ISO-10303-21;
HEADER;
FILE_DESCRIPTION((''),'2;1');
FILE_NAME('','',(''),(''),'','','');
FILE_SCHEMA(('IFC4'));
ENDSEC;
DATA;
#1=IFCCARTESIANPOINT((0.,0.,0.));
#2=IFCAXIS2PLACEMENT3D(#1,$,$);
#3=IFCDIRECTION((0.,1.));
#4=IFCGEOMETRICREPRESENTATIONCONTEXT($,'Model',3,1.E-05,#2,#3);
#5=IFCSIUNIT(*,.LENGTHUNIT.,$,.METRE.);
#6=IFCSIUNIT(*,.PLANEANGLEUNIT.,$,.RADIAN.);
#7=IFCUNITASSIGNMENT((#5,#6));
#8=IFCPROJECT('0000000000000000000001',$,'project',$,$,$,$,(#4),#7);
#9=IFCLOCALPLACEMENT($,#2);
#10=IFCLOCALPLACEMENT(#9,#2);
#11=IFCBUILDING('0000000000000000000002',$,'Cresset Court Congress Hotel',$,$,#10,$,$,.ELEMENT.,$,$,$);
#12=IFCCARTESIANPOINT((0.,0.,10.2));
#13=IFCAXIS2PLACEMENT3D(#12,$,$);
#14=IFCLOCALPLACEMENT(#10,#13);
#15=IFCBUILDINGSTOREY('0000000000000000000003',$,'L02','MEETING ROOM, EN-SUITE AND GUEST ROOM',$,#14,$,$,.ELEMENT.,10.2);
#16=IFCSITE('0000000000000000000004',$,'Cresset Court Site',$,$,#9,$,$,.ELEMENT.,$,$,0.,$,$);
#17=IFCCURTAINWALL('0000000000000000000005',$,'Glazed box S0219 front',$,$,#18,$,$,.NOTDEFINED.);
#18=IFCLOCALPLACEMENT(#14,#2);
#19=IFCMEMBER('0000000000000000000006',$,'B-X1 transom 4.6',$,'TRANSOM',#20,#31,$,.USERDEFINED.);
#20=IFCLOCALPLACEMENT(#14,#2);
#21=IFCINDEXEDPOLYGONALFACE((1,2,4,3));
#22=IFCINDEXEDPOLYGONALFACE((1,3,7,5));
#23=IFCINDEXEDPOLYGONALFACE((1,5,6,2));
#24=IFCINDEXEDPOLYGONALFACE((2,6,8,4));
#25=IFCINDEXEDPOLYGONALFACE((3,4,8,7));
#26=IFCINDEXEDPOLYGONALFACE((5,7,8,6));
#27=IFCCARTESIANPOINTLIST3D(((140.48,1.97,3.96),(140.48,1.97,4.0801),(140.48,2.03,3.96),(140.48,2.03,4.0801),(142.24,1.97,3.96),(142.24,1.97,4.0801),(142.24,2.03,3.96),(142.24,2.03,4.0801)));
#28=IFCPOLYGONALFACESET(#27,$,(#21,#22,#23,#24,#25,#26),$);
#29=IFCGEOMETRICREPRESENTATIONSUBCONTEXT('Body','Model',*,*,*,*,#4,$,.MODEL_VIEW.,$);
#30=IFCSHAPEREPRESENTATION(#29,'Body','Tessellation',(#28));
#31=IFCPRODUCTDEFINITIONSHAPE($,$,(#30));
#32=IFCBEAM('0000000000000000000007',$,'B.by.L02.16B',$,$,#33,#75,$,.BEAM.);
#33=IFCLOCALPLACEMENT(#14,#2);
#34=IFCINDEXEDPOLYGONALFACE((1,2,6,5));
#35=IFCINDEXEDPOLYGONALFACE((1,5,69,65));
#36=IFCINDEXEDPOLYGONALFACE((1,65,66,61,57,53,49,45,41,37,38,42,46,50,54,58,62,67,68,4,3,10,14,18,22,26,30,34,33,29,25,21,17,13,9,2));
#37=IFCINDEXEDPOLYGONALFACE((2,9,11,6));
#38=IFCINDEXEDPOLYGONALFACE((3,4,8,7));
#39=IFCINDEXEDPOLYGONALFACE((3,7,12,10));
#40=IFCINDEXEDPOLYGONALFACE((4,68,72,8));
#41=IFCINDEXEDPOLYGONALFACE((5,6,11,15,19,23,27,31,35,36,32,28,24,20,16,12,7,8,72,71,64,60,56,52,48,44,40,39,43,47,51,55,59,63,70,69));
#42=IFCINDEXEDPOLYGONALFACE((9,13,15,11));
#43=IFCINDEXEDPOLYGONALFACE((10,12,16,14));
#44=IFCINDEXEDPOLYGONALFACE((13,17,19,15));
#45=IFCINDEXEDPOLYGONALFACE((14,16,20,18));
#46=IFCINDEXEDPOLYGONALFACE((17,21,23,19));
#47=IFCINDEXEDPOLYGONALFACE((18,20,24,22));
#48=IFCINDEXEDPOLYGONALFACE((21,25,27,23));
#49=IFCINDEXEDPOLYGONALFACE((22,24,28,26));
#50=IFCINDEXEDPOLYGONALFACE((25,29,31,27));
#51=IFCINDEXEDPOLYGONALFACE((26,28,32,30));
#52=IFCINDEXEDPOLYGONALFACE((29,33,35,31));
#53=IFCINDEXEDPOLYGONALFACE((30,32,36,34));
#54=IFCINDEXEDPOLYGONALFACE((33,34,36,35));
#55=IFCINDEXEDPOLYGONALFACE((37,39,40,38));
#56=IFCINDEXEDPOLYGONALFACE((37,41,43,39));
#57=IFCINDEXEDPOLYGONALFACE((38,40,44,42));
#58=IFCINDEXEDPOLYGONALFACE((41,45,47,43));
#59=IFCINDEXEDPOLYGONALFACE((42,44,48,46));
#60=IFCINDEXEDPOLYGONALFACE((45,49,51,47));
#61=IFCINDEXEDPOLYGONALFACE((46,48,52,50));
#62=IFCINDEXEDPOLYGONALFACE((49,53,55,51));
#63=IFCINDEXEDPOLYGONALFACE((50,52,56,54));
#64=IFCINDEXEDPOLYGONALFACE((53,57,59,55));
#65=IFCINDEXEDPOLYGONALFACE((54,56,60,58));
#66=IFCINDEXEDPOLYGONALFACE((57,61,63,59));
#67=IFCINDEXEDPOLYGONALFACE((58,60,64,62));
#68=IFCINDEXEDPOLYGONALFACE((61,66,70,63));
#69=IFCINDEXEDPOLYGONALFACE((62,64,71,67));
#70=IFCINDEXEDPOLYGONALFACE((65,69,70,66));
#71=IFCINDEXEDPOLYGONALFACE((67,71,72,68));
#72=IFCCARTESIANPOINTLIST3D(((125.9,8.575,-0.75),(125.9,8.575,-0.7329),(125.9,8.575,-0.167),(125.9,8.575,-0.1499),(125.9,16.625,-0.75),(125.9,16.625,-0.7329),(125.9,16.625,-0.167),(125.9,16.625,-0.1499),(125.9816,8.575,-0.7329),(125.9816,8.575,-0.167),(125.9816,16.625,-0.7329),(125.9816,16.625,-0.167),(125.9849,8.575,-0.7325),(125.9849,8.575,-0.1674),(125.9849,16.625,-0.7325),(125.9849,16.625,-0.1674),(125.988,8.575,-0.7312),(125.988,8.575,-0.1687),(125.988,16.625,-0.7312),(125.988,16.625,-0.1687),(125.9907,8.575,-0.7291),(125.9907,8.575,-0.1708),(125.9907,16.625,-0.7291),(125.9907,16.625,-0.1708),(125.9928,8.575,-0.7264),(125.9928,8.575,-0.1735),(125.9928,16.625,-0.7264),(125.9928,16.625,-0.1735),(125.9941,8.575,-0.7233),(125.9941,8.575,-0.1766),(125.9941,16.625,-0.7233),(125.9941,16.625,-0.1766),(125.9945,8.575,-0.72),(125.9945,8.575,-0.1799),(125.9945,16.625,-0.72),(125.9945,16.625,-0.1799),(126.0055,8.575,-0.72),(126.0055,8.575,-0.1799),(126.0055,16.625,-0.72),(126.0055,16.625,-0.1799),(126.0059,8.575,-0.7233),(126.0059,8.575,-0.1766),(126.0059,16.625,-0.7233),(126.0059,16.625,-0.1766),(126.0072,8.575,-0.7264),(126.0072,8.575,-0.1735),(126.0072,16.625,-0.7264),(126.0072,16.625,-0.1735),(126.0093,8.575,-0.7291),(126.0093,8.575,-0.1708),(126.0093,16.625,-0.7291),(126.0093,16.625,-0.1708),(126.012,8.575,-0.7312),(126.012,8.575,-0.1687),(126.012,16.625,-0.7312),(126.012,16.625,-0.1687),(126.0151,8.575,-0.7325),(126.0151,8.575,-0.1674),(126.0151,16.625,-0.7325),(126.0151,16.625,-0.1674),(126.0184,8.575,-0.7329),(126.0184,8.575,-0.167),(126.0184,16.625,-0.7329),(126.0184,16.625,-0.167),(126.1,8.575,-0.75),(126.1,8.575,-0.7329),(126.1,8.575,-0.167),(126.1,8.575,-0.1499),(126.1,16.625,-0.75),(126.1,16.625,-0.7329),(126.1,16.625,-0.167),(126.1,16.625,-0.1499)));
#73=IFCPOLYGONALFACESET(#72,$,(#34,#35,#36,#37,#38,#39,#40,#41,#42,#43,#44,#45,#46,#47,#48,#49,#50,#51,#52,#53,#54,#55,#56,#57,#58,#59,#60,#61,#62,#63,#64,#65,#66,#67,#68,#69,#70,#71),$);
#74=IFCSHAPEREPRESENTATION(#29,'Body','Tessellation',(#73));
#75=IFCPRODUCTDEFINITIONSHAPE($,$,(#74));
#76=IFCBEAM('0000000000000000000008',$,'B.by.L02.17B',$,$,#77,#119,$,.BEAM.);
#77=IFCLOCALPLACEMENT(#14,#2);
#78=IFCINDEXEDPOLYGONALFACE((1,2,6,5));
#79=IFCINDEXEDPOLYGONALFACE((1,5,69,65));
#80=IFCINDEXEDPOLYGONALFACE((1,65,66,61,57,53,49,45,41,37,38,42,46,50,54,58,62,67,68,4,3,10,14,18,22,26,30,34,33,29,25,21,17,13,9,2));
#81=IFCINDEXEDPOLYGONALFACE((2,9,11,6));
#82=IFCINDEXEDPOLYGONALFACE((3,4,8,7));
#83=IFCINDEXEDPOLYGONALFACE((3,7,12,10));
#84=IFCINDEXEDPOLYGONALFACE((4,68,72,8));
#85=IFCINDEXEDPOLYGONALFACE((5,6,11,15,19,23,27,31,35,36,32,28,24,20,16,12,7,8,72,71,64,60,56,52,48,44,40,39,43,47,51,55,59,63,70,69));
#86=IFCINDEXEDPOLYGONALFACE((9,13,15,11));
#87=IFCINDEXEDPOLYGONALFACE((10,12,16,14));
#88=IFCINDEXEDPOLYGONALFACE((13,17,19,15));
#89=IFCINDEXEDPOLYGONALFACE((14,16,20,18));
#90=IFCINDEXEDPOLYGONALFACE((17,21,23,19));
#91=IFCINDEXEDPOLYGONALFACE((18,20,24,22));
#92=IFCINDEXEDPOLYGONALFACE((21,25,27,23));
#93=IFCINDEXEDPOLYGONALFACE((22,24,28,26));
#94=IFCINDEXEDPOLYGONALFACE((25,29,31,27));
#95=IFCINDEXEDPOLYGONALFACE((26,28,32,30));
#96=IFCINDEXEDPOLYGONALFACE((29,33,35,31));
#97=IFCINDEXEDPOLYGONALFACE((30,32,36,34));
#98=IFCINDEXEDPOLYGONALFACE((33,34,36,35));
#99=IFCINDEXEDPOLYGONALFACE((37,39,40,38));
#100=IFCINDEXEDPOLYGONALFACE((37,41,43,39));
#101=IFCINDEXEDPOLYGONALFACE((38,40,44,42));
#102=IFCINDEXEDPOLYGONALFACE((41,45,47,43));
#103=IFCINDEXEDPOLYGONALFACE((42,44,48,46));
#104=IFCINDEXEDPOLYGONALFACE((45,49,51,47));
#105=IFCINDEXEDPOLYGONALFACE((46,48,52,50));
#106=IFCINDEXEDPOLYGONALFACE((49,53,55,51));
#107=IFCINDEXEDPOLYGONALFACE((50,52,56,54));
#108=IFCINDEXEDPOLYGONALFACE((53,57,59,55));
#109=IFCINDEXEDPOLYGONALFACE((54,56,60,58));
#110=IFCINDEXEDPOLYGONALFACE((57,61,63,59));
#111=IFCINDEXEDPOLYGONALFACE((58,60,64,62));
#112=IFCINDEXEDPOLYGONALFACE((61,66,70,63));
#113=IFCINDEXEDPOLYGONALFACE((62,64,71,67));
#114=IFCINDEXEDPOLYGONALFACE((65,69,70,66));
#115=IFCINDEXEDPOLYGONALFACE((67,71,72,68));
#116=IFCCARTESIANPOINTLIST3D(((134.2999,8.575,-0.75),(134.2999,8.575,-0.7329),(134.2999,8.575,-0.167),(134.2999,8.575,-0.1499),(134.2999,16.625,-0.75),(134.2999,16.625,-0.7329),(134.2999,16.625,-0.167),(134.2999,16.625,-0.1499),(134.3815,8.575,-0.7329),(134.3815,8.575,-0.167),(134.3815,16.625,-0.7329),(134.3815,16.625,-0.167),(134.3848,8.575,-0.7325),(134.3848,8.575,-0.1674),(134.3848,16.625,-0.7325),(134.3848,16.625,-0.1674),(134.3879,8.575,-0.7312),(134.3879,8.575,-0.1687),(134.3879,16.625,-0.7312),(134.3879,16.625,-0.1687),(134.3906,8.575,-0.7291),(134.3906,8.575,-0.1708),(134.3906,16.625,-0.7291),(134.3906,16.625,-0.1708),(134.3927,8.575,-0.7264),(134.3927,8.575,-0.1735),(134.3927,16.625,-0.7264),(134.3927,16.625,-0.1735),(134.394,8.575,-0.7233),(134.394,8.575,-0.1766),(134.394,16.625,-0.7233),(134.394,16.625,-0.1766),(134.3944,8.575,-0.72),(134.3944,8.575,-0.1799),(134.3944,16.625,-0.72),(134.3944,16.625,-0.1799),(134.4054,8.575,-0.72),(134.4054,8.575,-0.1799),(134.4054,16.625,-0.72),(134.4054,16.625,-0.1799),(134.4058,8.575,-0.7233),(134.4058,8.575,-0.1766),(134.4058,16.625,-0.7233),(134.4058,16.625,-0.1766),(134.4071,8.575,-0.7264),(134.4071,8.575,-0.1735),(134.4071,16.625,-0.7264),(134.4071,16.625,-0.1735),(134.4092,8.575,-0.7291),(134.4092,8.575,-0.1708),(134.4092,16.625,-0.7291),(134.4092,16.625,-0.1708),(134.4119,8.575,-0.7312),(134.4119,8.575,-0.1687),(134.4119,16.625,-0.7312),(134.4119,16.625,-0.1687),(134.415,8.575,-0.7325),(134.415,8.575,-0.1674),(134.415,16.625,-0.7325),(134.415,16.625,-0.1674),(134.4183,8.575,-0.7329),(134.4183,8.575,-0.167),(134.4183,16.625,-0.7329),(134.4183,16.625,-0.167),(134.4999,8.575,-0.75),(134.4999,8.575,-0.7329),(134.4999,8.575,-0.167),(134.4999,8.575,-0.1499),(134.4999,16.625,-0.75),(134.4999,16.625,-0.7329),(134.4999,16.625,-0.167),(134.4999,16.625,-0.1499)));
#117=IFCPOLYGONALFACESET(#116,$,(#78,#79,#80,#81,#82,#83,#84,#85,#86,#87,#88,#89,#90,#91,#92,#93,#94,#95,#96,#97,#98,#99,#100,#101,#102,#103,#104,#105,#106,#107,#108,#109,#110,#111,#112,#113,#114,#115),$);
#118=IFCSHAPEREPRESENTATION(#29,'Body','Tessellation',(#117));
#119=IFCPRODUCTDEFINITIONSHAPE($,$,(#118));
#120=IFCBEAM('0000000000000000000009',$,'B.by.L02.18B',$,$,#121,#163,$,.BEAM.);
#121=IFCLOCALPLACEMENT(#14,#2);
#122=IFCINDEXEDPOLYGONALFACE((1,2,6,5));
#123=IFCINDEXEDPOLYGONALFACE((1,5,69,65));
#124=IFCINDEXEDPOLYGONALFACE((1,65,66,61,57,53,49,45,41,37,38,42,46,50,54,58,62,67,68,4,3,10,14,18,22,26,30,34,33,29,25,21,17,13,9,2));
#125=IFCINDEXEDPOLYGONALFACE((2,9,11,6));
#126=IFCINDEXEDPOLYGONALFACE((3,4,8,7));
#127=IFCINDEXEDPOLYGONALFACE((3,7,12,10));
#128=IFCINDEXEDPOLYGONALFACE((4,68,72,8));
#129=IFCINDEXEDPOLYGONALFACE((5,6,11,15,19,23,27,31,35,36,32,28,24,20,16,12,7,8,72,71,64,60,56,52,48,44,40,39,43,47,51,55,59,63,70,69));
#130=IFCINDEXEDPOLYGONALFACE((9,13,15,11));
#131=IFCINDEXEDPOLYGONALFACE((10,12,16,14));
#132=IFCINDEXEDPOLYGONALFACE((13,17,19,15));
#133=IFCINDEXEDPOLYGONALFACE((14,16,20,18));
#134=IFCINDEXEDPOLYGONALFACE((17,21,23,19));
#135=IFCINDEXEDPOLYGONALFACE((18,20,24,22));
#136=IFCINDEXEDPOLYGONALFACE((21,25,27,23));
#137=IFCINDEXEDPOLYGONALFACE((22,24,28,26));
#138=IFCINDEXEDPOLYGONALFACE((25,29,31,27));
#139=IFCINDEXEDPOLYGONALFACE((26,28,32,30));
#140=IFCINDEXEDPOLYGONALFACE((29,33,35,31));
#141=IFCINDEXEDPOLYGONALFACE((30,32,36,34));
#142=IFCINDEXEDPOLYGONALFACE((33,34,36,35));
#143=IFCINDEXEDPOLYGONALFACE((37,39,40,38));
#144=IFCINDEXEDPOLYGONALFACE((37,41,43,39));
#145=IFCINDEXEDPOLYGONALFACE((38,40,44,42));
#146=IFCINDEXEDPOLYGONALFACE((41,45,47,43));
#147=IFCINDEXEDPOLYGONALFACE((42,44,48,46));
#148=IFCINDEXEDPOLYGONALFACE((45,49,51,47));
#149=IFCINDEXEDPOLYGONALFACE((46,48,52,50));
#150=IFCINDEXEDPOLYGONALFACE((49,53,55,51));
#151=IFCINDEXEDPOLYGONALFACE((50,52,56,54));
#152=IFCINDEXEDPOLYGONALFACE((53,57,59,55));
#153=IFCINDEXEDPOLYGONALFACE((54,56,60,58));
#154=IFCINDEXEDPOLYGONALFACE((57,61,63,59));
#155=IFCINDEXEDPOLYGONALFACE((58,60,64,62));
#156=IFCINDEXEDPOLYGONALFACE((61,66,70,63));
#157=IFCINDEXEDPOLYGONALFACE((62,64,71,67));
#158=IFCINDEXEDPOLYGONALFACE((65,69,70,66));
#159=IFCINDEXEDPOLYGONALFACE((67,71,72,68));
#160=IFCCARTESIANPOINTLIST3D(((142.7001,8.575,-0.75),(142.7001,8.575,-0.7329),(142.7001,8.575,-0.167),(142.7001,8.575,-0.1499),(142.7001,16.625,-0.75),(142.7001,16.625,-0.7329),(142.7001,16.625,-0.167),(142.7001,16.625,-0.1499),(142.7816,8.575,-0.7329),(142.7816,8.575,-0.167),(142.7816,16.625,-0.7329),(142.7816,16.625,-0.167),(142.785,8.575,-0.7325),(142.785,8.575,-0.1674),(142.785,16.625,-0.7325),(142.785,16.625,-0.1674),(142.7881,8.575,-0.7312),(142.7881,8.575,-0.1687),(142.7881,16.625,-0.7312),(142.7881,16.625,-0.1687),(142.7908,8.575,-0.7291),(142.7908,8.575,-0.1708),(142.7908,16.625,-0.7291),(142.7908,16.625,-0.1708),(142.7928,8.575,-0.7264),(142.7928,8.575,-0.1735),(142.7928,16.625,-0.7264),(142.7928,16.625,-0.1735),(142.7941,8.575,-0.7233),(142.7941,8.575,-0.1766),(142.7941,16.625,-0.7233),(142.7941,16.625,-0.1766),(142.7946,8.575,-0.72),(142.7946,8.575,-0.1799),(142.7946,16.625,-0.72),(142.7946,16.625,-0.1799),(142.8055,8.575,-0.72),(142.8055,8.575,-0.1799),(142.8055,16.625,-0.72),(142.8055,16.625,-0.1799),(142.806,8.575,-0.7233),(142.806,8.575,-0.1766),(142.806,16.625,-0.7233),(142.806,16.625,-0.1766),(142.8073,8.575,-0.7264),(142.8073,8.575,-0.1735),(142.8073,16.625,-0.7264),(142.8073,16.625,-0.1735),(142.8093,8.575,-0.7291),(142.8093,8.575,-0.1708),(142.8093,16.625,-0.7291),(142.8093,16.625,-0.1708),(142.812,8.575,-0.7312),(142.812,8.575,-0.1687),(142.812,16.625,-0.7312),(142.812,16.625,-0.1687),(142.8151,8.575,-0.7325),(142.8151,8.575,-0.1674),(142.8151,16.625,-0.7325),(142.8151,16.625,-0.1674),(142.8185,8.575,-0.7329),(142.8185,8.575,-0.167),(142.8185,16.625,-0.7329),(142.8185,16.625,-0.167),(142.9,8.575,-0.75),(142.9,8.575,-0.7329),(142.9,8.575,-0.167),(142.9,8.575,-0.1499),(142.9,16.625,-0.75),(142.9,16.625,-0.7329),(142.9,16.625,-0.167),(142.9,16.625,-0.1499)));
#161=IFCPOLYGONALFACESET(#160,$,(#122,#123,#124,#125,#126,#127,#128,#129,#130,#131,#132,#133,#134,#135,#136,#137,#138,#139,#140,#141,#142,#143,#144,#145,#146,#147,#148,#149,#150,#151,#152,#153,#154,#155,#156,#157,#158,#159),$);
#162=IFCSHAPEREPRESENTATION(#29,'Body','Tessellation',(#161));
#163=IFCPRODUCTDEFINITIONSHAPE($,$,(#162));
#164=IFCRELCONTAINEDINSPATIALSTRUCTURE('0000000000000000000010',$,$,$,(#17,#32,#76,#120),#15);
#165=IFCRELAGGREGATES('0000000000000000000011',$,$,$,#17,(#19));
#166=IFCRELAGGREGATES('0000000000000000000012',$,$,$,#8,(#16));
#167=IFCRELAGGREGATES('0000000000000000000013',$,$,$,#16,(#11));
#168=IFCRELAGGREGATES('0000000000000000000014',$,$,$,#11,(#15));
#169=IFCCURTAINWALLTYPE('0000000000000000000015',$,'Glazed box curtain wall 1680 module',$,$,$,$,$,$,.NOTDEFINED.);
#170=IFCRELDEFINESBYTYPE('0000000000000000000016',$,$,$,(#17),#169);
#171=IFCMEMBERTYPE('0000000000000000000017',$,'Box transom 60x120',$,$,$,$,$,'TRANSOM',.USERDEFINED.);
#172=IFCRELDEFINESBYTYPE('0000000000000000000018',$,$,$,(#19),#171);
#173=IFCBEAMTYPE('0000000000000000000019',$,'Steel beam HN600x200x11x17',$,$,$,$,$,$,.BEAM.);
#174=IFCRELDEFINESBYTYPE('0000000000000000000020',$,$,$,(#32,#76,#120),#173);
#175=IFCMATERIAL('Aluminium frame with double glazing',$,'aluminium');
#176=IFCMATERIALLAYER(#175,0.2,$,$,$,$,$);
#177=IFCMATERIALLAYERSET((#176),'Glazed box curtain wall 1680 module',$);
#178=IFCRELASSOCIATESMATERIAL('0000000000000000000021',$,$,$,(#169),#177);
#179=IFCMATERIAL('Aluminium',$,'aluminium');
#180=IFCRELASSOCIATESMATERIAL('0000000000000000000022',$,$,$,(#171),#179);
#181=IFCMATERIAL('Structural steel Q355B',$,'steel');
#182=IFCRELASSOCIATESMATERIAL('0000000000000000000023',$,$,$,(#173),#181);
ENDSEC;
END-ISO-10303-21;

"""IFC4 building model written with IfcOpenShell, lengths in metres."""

from ifc_helpers import new_model, si_unit, direction, frame, origin, origin_2d, place, context, subcontext, project, spatial, rectangle, i_section, extrude, material, layer, layer_set, material_profile, profile_set, type_object, element, aggregate, save


model = new_model("IFC4")

# Units and contexts
model_context = context("Model", 3, precision=1e-05, world=origin(), true_north=direction((0.0, 1.0)))
body_context = subcontext(model_context, "Body", "Model", "MODEL_VIEW")
ifc_project = project(units=[si_unit("LENGTHUNIT", "METRE"), si_unit("PLANEANGLEUNIT", "RADIAN")], contexts=[model_context])

# Site, building, storey
site_placement = place(None, origin())
site = spatial("IfcSite", under=ifc_project, at=site_placement, Name="Cresset Court Site", CompositionType="ELEMENT", RefElevation=0.0)
building_placement = place(site_placement, origin())
building = spatial("IfcBuilding", under=site, at=building_placement, Name="Cresset Court Congress Hotel", CompositionType="ELEMENT")
storey_placement = place(building_placement, frame((0.0, 0.0, 10.2)))
storey = spatial("IfcBuildingStorey", under=building, at=storey_placement, Name="L02", Description="MEETING ROOM, EN-SUITE AND GUEST ROOM", CompositionType="ELEMENT", Elevation=10.2)

# Curtain wall, member
ifc_material_1 = material(Name="Aluminium frame with double glazing", Category="aluminium")
ifc_layer_1 = layer(ifc_material_1, 0.2)
ifc_layer_set_1 = layer_set([ifc_layer_1], Name="Glazed box curtain wall 1680 module")
curtain_wall_type = type_object("IfcCurtainWallType", Name="Glazed box curtain wall 1680 module", PredefinedType="NOTDEFINED", material=ifc_layer_set_1)
curtain_wall_placement = place(storey_placement, origin())
curtain_wall = element("IfcCurtainWall", 1, at=curtain_wall_placement, inside=storey, type_object=curtain_wall_type, Name="Glazed box S0219 front", PredefinedType="NOTDEFINED")
ifc_material_2 = material(Name="Aluminium", Category="aluminium")
ifc_material_profile_1 = material_profile(ifc_material_2, rectangle(XDim=0.0601, YDim=0.1201, at=origin_2d()), Name="Box transom 60x120")
ifc_profile_set_1 = profile_set([ifc_material_profile_1], Name="Aluminium")
member_type_1 = type_object("IfcMemberType", Name="Box transom 60x120", ElementType="TRANSOM", PredefinedType="USERDEFINED", material=ifc_profile_set_1)
member_1_placement = place(storey_placement, frame((140.48, 2.0, 4.02), z_axis=(1.0, 0.0, 0.0), x_axis=(0.0, 1.0, 0.0)))
member_1 = element("IfcMember", 2, at=member_1_placement, type_object=member_type_1, Name="B-X1 transom 4.6", ObjectType="TRANSOM", PredefinedType="USERDEFINED", context=body_context, shape_type="SweptSolid", body=[
    extrude(rectangle(XDim=0.0601, YDim=0.1201, at=origin_2d()), origin(), (0.0, 0.0, 1.0), 1.76),
])

# Beams
ifc_material_3 = material(Name="Structural steel Q355B", Category="steel")
ifc_material_profile_2 = material_profile(ifc_material_3, i_section(OverallWidth=0.2, OverallDepth=0.6001, WebThickness=0.011, FlangeThickness=0.0171, FilletRadius=0.0129, at=origin_2d()), Name="HN600x200x11x17")
ifc_profile_set_2 = profile_set([ifc_material_profile_2], Name="Structural steel Q355B")
beam_type_1 = type_object("IfcBeamType", Name="Steel beam HN600x200x11x17", PredefinedType="BEAM", material=ifc_profile_set_2)
for number, where, z_axis, x_axis, name in (
    (3, (126.0, 8.575, -0.45), (0.0, 1.0, 0.0), (-1.0, 0.0, 0.0), "B.by.L02.16B"),
    (4, (134.3999, 8.575, -0.45), (0.0, 1.0, 0.0), (-1.0, 0.0, 0.0), "B.by.L02.17B"),
    (5, (142.8, 8.575, -0.45), (0.0, 1.0, 0.0), (-1.0, 0.0, 0.0), "B.by.L02.18B"),
):
    element("IfcBeam", number, at=place(storey_placement, frame(where, z_axis=z_axis, x_axis=x_axis)), inside=storey, type_object=beam_type_1, Name=name, PredefinedType="BEAM", context=body_context, shape_type="SweptSolid", body=[
        extrude(i_section(OverallWidth=0.2, OverallDepth=0.6001, WebThickness=0.011, FlangeThickness=0.0171, FilletRadius=0.0129, at=origin_2d()), origin(), (0.0, 0.0, 1.0), 8.05),
    ])

aggregate(curtain_wall, [member_1])

save(model, "model.ifc")
